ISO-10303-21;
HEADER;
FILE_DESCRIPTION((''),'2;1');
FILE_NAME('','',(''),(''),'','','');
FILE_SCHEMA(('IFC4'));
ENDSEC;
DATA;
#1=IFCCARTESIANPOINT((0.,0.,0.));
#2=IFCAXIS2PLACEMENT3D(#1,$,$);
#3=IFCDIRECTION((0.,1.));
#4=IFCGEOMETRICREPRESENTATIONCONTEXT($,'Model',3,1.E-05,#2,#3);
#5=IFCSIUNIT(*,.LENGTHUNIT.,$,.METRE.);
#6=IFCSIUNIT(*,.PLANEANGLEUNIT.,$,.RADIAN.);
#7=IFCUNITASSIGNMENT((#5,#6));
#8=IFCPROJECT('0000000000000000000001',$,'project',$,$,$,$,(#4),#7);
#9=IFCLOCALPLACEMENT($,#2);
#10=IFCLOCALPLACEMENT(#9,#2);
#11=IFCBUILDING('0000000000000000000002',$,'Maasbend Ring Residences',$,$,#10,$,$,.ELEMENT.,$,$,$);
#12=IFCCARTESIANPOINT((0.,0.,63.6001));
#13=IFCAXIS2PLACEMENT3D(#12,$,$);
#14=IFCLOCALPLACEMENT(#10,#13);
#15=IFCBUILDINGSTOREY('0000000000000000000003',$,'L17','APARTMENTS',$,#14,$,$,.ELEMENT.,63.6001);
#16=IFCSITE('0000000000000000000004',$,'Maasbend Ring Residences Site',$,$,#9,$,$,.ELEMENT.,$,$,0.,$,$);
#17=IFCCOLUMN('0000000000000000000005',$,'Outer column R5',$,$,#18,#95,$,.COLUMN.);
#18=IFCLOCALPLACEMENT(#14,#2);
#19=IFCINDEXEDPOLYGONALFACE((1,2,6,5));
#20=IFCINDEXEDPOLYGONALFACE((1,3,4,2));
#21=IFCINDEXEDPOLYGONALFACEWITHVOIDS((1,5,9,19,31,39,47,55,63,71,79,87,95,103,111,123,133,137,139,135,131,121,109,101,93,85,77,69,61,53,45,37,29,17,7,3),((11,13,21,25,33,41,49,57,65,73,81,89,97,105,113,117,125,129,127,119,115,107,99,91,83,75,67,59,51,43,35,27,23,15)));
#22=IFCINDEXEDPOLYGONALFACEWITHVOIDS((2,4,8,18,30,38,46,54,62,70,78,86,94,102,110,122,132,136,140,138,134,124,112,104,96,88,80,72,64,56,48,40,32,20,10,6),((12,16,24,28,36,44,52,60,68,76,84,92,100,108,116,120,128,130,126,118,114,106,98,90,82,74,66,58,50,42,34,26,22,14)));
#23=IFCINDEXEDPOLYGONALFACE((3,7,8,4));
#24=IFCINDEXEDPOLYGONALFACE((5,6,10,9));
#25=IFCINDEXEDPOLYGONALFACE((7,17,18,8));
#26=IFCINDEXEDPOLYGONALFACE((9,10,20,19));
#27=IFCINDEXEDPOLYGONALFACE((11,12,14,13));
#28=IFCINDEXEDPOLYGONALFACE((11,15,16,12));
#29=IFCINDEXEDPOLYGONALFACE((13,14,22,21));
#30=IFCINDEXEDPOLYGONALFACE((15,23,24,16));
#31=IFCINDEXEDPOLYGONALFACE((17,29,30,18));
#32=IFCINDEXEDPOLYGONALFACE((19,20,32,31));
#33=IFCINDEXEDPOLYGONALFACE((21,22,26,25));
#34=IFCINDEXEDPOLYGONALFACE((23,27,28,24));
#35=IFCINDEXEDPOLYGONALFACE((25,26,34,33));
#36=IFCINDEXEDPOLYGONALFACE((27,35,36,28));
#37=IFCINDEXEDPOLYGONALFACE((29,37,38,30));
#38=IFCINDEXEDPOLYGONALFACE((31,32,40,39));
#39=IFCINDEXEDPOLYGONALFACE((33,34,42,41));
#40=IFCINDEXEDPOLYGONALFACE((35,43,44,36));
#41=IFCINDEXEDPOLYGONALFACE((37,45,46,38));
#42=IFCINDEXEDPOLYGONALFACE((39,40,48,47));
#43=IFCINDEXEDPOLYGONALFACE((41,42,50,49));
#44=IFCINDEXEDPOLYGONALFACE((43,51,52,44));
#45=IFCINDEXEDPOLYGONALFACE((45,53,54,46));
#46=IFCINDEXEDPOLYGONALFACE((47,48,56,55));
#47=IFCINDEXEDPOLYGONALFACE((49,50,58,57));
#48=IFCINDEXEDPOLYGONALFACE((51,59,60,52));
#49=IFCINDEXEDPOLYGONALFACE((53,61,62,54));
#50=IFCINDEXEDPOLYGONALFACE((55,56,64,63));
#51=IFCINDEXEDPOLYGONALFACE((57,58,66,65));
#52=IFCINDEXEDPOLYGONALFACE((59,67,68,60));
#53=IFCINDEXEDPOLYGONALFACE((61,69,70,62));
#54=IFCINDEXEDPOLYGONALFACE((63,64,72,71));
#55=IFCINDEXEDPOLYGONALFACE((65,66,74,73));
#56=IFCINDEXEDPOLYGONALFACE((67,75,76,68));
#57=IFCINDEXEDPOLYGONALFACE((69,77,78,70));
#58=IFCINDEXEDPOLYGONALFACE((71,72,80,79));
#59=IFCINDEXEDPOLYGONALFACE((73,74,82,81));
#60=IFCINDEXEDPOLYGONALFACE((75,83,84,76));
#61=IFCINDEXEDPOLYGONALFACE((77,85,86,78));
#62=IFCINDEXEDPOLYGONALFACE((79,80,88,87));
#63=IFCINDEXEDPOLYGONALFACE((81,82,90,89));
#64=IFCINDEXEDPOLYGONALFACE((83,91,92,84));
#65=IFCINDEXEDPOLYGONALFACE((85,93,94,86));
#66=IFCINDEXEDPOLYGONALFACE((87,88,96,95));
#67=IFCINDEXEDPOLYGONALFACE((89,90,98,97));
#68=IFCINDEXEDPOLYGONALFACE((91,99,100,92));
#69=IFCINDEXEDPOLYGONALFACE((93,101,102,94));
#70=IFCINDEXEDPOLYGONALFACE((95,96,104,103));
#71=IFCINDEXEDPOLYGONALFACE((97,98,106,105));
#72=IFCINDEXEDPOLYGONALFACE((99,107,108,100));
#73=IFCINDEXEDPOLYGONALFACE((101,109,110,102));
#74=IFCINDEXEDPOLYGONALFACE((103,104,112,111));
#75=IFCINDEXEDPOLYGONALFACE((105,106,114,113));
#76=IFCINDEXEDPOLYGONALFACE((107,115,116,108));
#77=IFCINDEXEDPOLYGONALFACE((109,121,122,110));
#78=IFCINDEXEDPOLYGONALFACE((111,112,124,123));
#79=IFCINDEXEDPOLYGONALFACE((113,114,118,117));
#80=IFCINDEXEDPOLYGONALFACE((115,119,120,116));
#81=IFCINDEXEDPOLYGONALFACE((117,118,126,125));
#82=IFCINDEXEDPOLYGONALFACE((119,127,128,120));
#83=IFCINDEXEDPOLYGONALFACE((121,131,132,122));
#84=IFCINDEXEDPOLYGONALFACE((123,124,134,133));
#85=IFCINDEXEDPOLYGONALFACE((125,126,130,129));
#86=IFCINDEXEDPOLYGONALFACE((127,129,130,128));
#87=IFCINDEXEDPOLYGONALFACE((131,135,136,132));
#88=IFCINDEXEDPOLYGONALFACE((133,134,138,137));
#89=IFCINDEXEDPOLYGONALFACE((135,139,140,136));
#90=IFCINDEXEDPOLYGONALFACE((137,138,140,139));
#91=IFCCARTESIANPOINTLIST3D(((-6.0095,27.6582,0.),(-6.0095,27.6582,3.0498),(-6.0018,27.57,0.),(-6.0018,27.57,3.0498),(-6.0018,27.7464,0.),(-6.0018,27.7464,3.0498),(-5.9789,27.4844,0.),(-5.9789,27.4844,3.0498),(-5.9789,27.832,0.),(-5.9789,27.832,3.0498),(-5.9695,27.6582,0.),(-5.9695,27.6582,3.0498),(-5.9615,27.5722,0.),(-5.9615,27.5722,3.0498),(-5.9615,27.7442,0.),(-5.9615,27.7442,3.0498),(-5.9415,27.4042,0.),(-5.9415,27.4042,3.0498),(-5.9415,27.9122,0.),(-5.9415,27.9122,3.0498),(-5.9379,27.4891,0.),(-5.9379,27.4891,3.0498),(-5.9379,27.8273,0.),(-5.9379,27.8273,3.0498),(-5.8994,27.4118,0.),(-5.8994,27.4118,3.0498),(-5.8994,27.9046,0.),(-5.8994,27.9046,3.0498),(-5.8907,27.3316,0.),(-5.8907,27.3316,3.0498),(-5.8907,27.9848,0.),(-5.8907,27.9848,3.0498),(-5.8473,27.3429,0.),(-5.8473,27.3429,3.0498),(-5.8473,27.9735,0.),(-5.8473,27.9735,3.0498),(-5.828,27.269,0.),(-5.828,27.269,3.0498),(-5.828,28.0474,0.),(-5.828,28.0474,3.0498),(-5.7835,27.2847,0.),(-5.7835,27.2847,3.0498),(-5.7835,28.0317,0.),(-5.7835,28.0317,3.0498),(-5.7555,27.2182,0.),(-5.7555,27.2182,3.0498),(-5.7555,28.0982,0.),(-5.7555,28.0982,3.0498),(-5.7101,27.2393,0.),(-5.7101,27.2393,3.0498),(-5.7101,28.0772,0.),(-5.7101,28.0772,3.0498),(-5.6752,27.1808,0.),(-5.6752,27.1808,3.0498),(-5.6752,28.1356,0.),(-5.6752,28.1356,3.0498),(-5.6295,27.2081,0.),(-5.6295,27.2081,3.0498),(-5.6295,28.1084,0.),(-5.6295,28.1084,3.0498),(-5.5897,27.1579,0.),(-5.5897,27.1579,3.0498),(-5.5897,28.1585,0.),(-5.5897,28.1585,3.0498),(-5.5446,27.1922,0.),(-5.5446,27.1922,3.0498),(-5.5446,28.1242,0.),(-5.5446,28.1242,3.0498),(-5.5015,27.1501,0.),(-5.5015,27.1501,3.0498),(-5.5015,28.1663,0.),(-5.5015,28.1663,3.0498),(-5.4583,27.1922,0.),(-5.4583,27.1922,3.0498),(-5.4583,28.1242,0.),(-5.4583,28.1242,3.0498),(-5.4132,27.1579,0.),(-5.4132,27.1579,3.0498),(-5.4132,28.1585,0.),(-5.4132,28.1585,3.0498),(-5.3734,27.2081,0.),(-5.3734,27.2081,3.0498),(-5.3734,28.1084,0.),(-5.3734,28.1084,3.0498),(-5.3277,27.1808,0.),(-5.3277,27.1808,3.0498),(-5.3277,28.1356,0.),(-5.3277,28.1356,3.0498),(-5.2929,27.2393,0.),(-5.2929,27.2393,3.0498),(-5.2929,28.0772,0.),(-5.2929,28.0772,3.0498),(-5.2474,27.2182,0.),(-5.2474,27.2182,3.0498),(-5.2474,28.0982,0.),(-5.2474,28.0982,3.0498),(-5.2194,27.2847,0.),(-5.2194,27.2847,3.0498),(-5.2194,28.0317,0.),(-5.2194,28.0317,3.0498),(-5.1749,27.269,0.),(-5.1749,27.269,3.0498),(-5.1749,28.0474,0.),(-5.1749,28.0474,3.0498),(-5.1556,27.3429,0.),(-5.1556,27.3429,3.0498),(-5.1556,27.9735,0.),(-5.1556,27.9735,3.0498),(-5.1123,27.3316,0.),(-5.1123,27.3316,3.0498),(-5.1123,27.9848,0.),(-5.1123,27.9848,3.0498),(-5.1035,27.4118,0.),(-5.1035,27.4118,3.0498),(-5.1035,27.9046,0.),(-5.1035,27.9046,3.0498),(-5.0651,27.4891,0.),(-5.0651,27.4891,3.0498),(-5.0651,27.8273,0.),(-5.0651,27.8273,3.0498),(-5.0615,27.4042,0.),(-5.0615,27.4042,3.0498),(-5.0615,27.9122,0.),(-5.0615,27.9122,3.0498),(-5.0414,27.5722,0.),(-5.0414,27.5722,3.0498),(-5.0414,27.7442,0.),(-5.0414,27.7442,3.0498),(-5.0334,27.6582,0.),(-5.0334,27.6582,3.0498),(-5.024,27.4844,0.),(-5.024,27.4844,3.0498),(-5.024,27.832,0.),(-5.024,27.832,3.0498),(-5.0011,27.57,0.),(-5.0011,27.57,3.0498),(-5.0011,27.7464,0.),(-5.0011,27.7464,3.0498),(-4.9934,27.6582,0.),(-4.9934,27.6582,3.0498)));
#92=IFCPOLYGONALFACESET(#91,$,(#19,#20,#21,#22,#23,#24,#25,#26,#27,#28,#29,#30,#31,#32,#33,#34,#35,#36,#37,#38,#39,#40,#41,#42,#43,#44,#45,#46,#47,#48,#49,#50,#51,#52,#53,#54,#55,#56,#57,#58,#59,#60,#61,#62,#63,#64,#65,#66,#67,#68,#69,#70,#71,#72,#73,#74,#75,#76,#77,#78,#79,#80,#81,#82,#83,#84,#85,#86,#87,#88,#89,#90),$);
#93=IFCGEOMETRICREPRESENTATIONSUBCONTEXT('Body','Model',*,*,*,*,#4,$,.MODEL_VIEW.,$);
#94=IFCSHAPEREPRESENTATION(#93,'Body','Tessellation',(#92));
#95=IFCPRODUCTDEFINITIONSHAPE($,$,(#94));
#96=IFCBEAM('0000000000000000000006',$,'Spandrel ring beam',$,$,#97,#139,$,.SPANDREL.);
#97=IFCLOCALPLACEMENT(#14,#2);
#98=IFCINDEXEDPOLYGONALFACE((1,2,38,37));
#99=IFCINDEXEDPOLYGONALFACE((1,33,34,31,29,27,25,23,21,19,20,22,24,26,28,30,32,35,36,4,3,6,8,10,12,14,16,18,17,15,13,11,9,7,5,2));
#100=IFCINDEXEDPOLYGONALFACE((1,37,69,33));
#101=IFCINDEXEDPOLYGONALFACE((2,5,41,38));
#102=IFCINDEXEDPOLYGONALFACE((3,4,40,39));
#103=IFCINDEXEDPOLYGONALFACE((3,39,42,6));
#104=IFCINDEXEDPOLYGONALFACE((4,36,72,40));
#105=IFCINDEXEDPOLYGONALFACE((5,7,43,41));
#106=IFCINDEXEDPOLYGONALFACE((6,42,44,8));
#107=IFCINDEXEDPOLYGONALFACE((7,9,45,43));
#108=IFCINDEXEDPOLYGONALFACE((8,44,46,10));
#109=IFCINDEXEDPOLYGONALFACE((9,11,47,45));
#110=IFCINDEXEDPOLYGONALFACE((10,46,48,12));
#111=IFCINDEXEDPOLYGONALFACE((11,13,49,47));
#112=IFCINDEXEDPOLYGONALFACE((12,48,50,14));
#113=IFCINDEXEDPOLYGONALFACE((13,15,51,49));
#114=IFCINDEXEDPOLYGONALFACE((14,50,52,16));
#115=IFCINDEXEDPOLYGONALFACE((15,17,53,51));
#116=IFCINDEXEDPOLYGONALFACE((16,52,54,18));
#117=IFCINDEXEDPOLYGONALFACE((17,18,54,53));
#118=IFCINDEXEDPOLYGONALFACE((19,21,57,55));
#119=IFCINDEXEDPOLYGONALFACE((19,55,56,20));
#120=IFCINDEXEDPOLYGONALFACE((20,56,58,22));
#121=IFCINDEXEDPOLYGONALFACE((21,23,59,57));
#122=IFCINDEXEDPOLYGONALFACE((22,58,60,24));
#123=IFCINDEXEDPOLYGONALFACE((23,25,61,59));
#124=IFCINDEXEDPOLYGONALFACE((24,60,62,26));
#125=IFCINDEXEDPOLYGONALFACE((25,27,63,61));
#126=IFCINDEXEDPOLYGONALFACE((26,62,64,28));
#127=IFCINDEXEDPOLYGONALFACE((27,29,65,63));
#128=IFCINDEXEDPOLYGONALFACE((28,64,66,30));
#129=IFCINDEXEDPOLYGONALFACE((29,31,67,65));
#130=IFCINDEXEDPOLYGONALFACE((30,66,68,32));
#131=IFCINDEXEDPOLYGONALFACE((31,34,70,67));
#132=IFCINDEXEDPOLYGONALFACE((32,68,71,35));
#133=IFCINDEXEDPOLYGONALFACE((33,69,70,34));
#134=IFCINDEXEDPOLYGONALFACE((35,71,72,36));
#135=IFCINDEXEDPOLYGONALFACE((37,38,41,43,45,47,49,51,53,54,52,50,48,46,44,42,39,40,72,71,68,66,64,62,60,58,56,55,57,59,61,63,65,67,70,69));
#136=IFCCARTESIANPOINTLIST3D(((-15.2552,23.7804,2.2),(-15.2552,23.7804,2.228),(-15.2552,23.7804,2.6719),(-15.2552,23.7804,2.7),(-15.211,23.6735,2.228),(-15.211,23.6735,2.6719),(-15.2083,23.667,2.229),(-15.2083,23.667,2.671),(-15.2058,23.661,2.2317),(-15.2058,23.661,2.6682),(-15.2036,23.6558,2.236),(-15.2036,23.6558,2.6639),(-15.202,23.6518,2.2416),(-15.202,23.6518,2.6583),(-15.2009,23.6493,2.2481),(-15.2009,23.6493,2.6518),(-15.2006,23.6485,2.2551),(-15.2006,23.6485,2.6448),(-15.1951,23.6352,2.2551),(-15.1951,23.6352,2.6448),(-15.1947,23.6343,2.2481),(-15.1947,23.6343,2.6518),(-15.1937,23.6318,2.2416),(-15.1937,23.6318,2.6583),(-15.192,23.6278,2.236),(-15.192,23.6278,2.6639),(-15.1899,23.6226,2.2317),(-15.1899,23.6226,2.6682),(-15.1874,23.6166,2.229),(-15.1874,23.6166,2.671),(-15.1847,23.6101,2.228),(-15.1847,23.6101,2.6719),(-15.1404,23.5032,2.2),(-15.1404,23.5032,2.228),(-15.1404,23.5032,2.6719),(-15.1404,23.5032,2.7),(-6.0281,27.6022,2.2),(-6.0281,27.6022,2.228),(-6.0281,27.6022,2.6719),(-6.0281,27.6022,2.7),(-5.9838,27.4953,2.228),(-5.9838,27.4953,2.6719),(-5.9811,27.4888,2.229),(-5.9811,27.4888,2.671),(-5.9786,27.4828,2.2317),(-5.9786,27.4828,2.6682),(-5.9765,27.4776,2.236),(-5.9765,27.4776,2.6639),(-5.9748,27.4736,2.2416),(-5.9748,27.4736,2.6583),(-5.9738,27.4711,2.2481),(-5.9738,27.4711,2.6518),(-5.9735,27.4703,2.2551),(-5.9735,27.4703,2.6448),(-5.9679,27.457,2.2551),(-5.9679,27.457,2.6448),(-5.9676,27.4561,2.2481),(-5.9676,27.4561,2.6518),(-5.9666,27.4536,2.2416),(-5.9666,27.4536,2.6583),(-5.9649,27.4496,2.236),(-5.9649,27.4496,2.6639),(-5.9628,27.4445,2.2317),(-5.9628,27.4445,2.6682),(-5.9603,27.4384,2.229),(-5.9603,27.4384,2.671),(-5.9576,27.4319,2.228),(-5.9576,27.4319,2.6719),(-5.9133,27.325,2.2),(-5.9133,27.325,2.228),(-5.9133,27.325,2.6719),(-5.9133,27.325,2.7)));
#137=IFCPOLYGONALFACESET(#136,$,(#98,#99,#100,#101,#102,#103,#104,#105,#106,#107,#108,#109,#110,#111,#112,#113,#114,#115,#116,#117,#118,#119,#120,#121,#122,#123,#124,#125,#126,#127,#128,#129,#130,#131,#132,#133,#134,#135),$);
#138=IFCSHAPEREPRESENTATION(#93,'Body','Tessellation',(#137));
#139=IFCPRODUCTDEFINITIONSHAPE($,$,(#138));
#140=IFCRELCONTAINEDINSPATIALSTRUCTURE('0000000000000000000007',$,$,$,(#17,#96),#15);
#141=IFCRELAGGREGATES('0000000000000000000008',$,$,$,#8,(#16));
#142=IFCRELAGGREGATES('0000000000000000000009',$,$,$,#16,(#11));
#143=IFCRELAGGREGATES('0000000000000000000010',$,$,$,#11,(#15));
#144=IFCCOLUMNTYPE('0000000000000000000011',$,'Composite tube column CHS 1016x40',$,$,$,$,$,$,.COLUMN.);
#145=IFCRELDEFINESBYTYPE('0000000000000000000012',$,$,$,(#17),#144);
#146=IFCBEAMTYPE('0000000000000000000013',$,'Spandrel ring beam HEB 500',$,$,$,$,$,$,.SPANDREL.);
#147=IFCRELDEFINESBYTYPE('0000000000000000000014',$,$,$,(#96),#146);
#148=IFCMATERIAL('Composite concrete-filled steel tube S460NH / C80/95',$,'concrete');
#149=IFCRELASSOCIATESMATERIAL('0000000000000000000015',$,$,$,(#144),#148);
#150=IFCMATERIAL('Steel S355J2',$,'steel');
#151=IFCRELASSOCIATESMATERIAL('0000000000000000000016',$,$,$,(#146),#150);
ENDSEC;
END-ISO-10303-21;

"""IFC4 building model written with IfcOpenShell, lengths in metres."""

from ifc_helpers import new_model, si_unit, direction, frame, origin, origin_2d, place, context, subcontext, project, spatial, hollow_circle, i_section, extrude, material, material_profile, profile_set, type_object, element, save


model = new_model("IFC4")

# Units and contexts
model_context = context("Model", 3, precision=1e-05, world=origin(), true_north=direction((0.0, 1.0)))
body_context = subcontext(model_context, "Body", "Model", "MODEL_VIEW")
ifc_project = project(units=[si_unit("LENGTHUNIT", "METRE"), si_unit("PLANEANGLEUNIT", "RADIAN")], contexts=[model_context])

# Site, building, storey
site_placement = place(None, origin())
site = spatial("IfcSite", under=ifc_project, at=site_placement, Name="Maasbend Ring Residences Site", CompositionType="ELEMENT", RefElevation=0.0)
building_placement = place(site_placement, origin())
building = spatial("IfcBuilding", under=site, at=building_placement, Name="Maasbend Ring Residences", CompositionType="ELEMENT")
storey_placement = place(building_placement, frame((0.0, 0.0, 63.6001)))
storey = spatial("IfcBuildingStorey", under=building, at=storey_placement, Name="L17", Description="APARTMENTS", CompositionType="ELEMENT", Elevation=63.6001)

# Column
ifc_material_1 = material(Name="Composite concrete-filled steel tube S460NH / C80/95", Category="concrete")
ifc_material_profile_1 = material_profile(ifc_material_1, hollow_circle(Radius=0.5081, WallThickness=0.04, at=origin_2d()), Name="Composite tube column CHS 1016x40")
ifc_profile_set_1 = profile_set([ifc_material_profile_1], Name="Composite concrete-filled steel tube S460NH / C80/95")
column_type = type_object("IfcColumnType", Name="Composite tube column CHS 1016x40", PredefinedType="COLUMN", material=ifc_profile_set_1)
column_placement = place(storey_placement, frame((-5.5015, 27.6582, 0.0), z_axis=(0.0, 0.0, 1.0), x_axis=(1.0, 0.0, 0.0)))
element("IfcColumn", 1, at=column_placement, inside=storey, type_object=column_type, Name="Outer column R5", PredefinedType="COLUMN", context=body_context, shape_type="SweptSolid", body=[
    extrude(hollow_circle(Radius=0.5081, WallThickness=0.04, at=origin_2d()), origin(), (0.0, 0.0, 1.0), 3.0498),
])

# Beam
ifc_material_2 = material(Name="Steel S355J2", Category="steel")
ifc_material_profile_2 = material_profile(ifc_material_2, i_section(OverallWidth=0.3, OverallDepth=0.5, WebThickness=0.0144, FlangeThickness=0.0281, FilletRadius=0.0271, at=origin_2d()), Name="HEB 500")
ifc_profile_set_2 = profile_set([ifc_material_profile_2], Name="Steel S355J2")
beam_type = type_object("IfcBeamType", Name="Spandrel ring beam HEB 500", PredefinedType="SPANDREL", material=ifc_profile_set_2)
beam_placement = place(storey_placement, frame((-5.9707, 27.4636, 2.45), z_axis=(-0.923886, -0.382667, 0.0), x_axis=(0.382667, -0.923886, 0.0)))
element("IfcBeam", 2, at=beam_placement, inside=storey, type_object=beam_type, Name="Spandrel ring beam", PredefinedType="SPANDREL", context=body_context, shape_type="SweptSolid", body=[
    extrude(i_section(OverallWidth=0.3, OverallDepth=0.5, WebThickness=0.0144, FlangeThickness=0.0281, FilletRadius=0.0271, at=origin_2d()), origin(), (0.0, 0.0, 1.0), 9.9873),
])

save(model, "model.ifc")
